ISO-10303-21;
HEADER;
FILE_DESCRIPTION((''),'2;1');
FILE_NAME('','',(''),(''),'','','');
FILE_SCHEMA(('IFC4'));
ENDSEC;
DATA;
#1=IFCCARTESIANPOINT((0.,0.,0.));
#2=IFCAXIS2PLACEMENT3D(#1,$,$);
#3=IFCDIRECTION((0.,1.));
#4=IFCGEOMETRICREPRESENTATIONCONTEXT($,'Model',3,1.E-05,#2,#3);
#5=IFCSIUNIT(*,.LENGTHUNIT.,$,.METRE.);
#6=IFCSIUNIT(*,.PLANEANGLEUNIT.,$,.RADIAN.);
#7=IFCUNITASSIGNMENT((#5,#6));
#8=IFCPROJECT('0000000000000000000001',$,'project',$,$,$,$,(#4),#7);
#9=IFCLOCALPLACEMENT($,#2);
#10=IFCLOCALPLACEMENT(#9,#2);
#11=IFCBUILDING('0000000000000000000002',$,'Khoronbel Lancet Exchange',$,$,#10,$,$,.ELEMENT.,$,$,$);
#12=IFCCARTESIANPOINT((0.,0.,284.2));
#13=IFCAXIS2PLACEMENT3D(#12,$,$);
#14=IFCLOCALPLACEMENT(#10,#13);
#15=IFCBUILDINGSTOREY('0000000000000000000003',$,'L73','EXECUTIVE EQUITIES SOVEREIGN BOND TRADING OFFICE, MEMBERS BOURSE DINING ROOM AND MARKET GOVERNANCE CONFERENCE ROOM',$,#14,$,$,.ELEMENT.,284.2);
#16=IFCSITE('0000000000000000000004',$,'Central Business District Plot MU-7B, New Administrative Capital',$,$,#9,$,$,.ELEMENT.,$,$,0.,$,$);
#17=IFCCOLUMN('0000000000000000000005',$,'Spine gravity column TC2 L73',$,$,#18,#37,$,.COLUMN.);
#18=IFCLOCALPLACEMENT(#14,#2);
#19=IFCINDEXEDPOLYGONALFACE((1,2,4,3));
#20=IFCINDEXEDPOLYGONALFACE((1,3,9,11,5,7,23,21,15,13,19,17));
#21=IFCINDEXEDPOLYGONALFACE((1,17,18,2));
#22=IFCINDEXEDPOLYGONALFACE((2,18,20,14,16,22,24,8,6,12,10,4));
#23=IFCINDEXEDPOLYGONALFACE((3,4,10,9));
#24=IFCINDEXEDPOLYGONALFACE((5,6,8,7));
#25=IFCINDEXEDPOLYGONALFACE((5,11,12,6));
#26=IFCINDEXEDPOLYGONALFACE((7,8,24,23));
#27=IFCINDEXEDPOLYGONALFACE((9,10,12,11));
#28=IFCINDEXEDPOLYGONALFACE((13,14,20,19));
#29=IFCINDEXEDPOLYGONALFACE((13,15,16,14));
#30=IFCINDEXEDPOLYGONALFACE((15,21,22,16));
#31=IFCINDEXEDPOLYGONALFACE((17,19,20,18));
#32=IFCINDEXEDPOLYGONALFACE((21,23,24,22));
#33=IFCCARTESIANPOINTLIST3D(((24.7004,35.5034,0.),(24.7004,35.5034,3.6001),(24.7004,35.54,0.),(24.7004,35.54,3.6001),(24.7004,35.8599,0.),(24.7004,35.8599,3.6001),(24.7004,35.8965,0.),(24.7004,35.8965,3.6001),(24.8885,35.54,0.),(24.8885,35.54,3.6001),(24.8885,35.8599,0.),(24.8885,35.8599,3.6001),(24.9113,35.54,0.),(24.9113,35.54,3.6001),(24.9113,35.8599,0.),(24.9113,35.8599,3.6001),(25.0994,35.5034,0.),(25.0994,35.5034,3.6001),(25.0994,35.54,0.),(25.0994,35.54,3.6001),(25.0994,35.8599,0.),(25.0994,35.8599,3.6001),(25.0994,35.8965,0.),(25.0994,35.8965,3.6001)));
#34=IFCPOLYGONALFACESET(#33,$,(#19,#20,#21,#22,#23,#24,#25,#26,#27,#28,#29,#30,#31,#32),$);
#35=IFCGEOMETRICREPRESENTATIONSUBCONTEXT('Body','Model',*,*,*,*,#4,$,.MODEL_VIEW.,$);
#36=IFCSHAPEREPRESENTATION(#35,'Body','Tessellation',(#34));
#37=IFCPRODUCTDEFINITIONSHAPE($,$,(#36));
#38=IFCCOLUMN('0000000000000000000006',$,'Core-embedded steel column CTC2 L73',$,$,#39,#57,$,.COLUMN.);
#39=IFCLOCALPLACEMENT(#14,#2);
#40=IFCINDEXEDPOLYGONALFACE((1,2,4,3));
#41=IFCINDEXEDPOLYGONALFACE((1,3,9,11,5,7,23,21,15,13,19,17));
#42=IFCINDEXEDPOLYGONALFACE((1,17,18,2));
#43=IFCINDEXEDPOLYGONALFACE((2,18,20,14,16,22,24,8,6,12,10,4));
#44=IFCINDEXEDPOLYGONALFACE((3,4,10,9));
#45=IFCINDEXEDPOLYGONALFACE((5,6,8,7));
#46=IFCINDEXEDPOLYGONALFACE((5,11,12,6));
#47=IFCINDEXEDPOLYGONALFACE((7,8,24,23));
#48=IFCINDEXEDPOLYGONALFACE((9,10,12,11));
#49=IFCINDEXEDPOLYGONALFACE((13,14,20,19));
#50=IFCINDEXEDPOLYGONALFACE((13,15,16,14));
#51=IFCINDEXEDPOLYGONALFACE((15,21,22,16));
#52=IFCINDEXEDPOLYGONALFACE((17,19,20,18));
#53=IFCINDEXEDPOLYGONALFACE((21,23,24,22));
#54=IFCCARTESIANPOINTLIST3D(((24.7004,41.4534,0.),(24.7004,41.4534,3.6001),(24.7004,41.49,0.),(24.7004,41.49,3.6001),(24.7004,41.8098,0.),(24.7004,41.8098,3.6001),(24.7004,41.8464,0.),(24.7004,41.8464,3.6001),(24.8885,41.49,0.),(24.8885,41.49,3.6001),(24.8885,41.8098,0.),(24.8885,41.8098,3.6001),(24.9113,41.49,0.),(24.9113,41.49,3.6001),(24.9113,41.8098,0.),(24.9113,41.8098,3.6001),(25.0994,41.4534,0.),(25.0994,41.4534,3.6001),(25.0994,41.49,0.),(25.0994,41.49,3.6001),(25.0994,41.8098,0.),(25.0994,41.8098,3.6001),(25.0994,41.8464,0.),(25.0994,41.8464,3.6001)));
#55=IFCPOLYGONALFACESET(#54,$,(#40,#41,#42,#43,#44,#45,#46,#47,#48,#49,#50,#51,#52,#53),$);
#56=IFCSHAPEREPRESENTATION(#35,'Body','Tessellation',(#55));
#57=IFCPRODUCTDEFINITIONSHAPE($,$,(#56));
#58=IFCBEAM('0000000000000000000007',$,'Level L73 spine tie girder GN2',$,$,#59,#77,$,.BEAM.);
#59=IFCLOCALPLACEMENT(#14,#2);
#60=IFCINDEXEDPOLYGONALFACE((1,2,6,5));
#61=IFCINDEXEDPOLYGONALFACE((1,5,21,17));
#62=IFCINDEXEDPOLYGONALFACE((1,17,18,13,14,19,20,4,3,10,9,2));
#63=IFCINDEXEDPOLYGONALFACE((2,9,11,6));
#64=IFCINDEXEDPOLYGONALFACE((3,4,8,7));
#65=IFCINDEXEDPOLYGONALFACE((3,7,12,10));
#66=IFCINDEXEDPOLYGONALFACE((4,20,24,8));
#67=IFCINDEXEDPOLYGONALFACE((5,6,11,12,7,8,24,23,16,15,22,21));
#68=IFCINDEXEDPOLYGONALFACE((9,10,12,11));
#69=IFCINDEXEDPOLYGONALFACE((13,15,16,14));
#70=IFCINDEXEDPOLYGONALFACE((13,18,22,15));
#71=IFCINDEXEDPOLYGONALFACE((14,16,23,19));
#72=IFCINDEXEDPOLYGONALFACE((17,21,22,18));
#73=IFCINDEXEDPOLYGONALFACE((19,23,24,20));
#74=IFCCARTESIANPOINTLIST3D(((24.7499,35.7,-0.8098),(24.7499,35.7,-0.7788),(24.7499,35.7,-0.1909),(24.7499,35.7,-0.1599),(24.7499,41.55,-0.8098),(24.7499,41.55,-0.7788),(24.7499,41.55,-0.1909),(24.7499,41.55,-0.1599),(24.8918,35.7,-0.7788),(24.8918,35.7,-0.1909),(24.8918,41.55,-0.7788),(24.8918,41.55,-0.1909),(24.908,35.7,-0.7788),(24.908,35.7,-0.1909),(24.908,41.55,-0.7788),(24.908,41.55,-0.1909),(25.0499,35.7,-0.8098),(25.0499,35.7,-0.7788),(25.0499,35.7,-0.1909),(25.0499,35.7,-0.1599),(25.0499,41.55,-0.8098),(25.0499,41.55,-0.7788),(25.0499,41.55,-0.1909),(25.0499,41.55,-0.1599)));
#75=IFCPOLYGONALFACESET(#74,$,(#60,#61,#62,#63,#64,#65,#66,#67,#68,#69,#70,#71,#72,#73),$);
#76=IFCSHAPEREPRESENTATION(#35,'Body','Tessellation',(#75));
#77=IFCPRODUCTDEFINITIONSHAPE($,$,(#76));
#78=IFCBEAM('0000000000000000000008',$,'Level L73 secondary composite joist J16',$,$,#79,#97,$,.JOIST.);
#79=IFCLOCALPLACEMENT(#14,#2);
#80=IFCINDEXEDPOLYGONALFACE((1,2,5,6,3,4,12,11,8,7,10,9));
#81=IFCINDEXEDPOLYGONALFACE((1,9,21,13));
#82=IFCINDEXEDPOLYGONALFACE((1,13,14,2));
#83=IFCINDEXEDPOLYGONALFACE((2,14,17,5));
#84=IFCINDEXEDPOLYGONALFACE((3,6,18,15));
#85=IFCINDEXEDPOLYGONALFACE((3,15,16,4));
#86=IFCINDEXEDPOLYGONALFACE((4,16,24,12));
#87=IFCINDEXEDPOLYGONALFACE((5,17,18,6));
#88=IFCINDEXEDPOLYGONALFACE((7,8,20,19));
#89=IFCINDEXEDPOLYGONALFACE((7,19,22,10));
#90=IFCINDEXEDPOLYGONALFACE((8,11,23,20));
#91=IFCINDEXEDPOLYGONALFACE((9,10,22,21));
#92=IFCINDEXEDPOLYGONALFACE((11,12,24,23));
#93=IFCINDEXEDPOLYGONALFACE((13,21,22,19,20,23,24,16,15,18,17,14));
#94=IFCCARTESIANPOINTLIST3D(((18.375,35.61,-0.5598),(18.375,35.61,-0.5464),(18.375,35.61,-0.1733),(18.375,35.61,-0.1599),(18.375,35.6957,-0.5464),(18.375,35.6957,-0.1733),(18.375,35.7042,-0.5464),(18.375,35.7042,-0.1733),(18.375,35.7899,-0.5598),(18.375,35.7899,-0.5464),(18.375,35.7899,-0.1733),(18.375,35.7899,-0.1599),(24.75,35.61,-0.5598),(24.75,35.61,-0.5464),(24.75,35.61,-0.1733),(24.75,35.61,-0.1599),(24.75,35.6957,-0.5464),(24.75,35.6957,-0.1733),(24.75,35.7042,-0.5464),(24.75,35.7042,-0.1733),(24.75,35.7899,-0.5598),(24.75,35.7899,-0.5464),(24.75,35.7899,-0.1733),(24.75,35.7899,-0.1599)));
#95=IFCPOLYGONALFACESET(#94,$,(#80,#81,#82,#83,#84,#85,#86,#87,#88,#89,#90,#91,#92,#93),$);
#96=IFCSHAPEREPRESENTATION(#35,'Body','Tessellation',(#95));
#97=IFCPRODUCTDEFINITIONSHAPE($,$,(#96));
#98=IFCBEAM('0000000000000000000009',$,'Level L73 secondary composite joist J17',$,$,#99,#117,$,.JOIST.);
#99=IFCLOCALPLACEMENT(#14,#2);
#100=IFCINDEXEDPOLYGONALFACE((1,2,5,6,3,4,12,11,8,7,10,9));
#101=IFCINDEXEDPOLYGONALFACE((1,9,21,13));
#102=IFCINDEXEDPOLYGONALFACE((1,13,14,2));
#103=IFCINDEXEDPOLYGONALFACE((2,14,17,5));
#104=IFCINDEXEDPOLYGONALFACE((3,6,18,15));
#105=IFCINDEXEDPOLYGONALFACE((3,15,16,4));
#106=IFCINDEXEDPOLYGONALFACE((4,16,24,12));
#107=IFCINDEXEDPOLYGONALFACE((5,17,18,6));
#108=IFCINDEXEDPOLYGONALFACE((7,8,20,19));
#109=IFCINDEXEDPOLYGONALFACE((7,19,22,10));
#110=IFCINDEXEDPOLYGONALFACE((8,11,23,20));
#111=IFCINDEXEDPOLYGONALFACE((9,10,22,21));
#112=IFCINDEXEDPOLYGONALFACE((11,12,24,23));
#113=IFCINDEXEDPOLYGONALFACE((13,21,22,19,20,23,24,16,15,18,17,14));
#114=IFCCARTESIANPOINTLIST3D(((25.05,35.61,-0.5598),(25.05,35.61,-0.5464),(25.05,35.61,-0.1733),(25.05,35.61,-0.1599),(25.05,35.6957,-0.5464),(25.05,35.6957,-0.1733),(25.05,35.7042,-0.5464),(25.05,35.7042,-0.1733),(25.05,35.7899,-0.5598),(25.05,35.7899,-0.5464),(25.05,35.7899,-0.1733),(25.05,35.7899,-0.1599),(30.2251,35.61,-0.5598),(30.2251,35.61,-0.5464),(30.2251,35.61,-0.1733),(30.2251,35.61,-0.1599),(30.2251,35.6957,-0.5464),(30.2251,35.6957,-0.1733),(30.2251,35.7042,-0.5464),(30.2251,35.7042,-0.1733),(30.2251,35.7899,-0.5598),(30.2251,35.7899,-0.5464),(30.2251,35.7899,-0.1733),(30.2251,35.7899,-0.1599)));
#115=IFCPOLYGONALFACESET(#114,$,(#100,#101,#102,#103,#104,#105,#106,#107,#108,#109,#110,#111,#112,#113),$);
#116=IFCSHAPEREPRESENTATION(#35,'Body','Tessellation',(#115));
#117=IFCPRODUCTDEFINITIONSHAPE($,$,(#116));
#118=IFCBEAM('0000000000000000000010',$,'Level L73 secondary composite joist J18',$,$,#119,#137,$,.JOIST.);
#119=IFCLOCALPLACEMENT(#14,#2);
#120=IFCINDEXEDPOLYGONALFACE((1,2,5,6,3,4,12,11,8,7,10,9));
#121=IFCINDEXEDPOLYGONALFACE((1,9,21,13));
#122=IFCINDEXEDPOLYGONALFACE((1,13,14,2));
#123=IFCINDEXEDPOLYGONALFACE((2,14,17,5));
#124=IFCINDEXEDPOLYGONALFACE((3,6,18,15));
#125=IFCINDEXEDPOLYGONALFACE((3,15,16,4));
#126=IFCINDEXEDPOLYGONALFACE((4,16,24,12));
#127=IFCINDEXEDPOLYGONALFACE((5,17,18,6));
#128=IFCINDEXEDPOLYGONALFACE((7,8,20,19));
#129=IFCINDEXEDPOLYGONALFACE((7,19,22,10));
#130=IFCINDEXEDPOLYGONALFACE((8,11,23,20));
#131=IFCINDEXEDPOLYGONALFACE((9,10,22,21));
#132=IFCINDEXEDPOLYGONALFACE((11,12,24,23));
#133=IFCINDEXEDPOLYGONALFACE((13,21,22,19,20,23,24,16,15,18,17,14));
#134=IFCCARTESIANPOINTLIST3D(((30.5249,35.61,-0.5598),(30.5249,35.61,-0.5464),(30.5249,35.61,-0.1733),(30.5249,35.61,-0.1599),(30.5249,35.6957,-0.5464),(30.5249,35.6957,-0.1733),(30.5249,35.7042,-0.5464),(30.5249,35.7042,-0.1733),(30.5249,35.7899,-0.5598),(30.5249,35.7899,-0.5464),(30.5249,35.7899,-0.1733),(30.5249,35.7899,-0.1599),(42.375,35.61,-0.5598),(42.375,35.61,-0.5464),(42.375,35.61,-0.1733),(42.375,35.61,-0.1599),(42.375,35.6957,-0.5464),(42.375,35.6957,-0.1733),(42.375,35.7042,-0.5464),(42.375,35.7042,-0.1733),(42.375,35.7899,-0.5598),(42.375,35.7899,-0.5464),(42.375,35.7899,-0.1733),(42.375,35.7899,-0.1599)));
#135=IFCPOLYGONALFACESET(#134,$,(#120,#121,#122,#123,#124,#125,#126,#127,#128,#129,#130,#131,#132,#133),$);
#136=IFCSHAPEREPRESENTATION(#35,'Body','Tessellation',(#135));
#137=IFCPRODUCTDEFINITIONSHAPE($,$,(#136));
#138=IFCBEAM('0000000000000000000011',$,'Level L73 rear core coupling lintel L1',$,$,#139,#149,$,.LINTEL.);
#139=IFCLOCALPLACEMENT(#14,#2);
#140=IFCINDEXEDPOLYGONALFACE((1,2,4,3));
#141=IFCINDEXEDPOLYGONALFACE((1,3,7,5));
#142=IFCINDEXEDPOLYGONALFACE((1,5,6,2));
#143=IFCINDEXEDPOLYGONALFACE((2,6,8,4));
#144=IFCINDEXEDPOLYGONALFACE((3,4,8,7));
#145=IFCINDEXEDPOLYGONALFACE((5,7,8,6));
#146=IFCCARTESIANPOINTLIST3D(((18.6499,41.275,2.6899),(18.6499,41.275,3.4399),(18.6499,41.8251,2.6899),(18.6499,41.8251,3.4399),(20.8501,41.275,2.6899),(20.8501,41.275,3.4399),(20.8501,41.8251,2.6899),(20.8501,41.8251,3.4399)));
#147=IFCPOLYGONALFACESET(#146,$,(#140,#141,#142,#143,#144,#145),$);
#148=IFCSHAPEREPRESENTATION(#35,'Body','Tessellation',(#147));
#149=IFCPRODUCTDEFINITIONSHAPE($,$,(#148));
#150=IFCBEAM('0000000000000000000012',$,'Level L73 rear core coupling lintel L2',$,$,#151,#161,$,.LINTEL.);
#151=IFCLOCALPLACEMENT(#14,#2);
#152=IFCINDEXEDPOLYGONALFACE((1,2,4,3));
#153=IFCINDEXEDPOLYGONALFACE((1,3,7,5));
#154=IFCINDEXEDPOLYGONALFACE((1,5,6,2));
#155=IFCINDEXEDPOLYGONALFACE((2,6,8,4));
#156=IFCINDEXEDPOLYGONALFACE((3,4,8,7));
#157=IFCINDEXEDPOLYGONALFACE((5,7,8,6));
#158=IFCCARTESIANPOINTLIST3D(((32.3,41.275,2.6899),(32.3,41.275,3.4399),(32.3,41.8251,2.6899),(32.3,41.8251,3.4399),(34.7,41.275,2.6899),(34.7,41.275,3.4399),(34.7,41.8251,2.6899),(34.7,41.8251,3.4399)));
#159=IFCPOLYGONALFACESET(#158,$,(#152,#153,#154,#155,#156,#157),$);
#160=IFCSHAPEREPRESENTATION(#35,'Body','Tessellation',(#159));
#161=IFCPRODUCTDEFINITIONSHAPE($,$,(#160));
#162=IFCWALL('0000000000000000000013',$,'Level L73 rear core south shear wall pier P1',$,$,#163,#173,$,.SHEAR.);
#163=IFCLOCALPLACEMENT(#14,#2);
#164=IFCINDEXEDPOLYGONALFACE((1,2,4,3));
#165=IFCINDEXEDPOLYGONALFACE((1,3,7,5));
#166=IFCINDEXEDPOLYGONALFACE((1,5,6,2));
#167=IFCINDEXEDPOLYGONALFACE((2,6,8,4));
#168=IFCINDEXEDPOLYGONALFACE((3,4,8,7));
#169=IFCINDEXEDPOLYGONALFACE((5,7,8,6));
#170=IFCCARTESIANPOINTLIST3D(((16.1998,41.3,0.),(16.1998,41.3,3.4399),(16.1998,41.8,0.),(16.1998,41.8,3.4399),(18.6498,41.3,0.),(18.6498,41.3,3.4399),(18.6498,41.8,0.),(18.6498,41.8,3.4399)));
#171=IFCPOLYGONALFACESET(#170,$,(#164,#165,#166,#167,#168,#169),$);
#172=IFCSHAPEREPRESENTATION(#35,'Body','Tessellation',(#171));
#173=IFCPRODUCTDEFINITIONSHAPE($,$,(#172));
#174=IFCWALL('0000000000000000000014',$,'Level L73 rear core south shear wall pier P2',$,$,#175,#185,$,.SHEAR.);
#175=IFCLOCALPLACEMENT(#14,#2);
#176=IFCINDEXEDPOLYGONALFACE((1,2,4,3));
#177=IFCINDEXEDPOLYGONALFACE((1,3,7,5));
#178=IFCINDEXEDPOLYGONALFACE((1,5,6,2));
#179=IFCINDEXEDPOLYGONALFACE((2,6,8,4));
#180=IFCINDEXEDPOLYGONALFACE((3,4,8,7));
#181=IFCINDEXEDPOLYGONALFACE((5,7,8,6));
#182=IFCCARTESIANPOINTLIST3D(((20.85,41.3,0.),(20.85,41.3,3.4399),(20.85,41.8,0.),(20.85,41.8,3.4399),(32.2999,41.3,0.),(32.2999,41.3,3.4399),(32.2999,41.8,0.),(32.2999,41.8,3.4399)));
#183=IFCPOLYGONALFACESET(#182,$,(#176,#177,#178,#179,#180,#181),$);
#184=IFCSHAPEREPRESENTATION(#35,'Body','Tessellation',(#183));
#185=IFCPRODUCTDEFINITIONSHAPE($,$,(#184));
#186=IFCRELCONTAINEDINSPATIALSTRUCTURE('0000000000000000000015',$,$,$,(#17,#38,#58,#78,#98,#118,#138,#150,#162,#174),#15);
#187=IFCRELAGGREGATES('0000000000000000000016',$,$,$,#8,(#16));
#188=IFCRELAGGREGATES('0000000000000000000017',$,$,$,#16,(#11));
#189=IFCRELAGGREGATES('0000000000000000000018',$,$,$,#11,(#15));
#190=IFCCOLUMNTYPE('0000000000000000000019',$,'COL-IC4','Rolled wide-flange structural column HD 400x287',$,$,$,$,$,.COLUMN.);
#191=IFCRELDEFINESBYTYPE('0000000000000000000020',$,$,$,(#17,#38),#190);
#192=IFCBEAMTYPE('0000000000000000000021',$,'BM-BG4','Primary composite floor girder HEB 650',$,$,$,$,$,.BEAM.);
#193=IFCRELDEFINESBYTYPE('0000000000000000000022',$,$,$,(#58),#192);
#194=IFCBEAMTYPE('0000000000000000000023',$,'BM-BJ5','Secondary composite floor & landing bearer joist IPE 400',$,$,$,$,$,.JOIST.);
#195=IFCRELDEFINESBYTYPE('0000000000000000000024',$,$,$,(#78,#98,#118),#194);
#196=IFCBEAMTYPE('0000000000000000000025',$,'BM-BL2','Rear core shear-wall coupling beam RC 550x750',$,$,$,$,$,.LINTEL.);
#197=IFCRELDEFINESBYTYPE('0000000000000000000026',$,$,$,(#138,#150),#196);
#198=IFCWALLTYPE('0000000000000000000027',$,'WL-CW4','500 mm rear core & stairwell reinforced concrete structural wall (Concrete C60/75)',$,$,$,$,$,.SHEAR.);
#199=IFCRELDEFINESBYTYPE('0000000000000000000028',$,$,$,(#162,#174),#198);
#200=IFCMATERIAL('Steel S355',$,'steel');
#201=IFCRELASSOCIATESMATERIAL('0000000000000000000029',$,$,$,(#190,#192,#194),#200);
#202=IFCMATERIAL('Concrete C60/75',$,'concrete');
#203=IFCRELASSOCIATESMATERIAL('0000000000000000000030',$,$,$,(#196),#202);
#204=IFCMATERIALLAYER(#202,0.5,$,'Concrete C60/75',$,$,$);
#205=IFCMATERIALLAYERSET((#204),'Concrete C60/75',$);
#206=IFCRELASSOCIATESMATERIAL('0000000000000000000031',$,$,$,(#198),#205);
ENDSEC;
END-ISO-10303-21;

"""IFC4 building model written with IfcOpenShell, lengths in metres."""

from ifc_helpers import new_model, si_unit, direction, frame, frame_2d, origin, origin_2d, place, context, subcontext, project, spatial, rectangle, i_section, extrude, material, layer, layer_set, material_profile, profile_set, type_object, element, save


model = new_model("IFC4")

# Units and contexts
model_context = context("Model", 3, precision=1e-05, world=origin(), true_north=direction((0.0, 1.0)))
body_context = subcontext(model_context, "Body", "Model", "MODEL_VIEW")
ifc_project = project(units=[si_unit("LENGTHUNIT", "METRE"), si_unit("PLANEANGLEUNIT", "RADIAN")], contexts=[model_context])

# Site, building, storey
site_placement = place(None, origin())
site = spatial("IfcSite", under=ifc_project, at=site_placement, Name="Central Business District Plot MU-7B, New Administrative Capital", CompositionType="ELEMENT", RefElevation=0.0)
building_placement = place(site_placement, origin())
building = spatial("IfcBuilding", under=site, at=building_placement, Name="Khoronbel Lancet Exchange", CompositionType="ELEMENT")
storey_placement = place(building_placement, frame((0.0, 0.0, 284.2)))
storey = spatial("IfcBuildingStorey", under=building, at=storey_placement, Name="L73", Description="EXECUTIVE EQUITIES SOVEREIGN BOND TRADING OFFICE, MEMBERS BOURSE DINING ROOM AND MARKET GOVERNANCE CONFERENCE ROOM", CompositionType="ELEMENT", Elevation=284.2)

# Columns
ifc_material_1 = material(Name="Steel S355", Category="steel")
ifc_material_profile_1 = material_profile(ifc_material_1, i_section(OverallWidth=0.3989, OverallDepth=0.3931, WebThickness=0.0227, FlangeThickness=0.0366, at=origin_2d()), Name="HD 400x287")
ifc_profile_set_1 = profile_set([ifc_material_profile_1], Name="Steel S355")
column_type = type_object("IfcColumnType", Name="COL-IC4", Description="Rolled wide-flange structural column HD 400x287", PredefinedType="COLUMN", material=ifc_profile_set_1)
for number, where, z_axis, x_axis, name in (
    (1, (24.8999, 35.7, 0.0), (0.0, 0.0, 1.0), (1.0, 0.0, 0.0), "Spine gravity column TC2 L73"),
    (2, (24.8999, 41.6499, 0.0), (0.0, 0.0, 1.0), (1.0, 0.0, 0.0), "Core-embedded steel column CTC2 L73"),
):
    element("IfcColumn", number, at=place(storey_placement, frame(where, z_axis=z_axis, x_axis=x_axis)), inside=storey, type_object=column_type, Name=name, PredefinedType="COLUMN", context=body_context, shape_type="SweptSolid", body=[
        extrude(i_section(OverallWidth=0.3989, OverallDepth=0.3931, WebThickness=0.0227, FlangeThickness=0.0366, at=origin_2d()), origin(), (0.0, 0.0, 1.0), 3.6001),
    ])

# Beams
ifc_material_profile_2 = material_profile(ifc_material_1, i_section(OverallWidth=0.3, OverallDepth=0.6499, WebThickness=0.0161, FlangeThickness=0.031, at=origin_2d()), Name="HEB 650")
ifc_profile_set_2 = profile_set([ifc_material_profile_2], Name="Steel S355")
beam_type_1 = type_object("IfcBeamType", Name="BM-BG4", Description="Primary composite floor girder HEB 650", PredefinedType="BEAM", material=ifc_profile_set_2)
beam_1_placement = place(storey_placement, frame((24.8999, 35.7, -0.4849), z_axis=(0.0, 1.0, 0.0), x_axis=(-1.0, 0.0, 0.0)))
element("IfcBeam", 3, at=beam_1_placement, inside=storey, type_object=beam_type_1, Name="Level L73 spine tie girder GN2", PredefinedType="BEAM", context=body_context, shape_type="SweptSolid", body=[
    extrude(i_section(OverallWidth=0.3, OverallDepth=0.6499, WebThickness=0.0161, FlangeThickness=0.031, at=origin_2d()), origin(), (0.0, 0.0, 1.0), 5.8501),
])
ifc_material_profile_3 = material_profile(ifc_material_1, i_section(OverallWidth=0.1799, OverallDepth=0.3999, WebThickness=0.0085, FlangeThickness=0.0134, at=origin_2d()), Name="IPE 400")
ifc_profile_set_3 = profile_set([ifc_material_profile_3], Name="Steel S355")
beam_type_2 = type_object("IfcBeamType", Name="BM-BJ5", Description="Secondary composite floor & landing bearer joist IPE 400", PredefinedType="JOIST", material=ifc_profile_set_3)
beam_2_placement = place(storey_placement, frame((18.375, 35.7, -0.3599), z_axis=(1.0, 0.0, 0.0), x_axis=(0.0, 1.0, 0.0)))
element("IfcBeam", 4, at=beam_2_placement, inside=storey, type_object=beam_type_2, Name="Level L73 secondary composite joist J16", PredefinedType="JOIST", context=body_context, shape_type="SweptSolid", body=[
    extrude(i_section(OverallWidth=0.1799, OverallDepth=0.3999, WebThickness=0.0085, FlangeThickness=0.0134, at=origin_2d()), origin(), (0.0, 0.0, 1.0), 6.375),
])
beam_3_placement = place(storey_placement, frame((25.05, 35.7, -0.3599), z_axis=(1.0, 0.0, 0.0), x_axis=(0.0, 1.0, 0.0)))
element("IfcBeam", 5, at=beam_3_placement, inside=storey, type_object=beam_type_2, Name="Level L73 secondary composite joist J17", PredefinedType="JOIST", context=body_context, shape_type="SweptSolid", body=[
    extrude(i_section(OverallWidth=0.1799, OverallDepth=0.3999, WebThickness=0.0085, FlangeThickness=0.0134, at=origin_2d()), origin(), (0.0, 0.0, 1.0), 5.175),
])
beam_4_placement = place(storey_placement, frame((30.5249, 35.7, -0.3599), z_axis=(1.0, 0.0, 0.0), x_axis=(0.0, 1.0, 0.0)))
element("IfcBeam", 6, at=beam_4_placement, inside=storey, type_object=beam_type_2, Name="Level L73 secondary composite joist J18", PredefinedType="JOIST", context=body_context, shape_type="SweptSolid", body=[
    extrude(i_section(OverallWidth=0.1799, OverallDepth=0.3999, WebThickness=0.0085, FlangeThickness=0.0134, at=origin_2d()), origin(), (0.0, 0.0, 1.0), 11.8501),
])
ifc_material_2 = material(Name="Concrete C60/75", Category="concrete")
ifc_material_profile_4 = material_profile(ifc_material_2, rectangle(XDim=0.55, YDim=0.75, at=origin_2d()), Name="RC 550x750")
ifc_profile_set_4 = profile_set([ifc_material_profile_4], Name="Concrete C60/75")
beam_type_3 = type_object("IfcBeamType", Name="BM-BL2", Description="Rear core shear-wall coupling beam RC 550x750", PredefinedType="LINTEL", material=ifc_profile_set_4)
beam_5_placement = place(storey_placement, frame((18.6499, 41.55, 3.0649), z_axis=(1.0, 0.0, 0.0), x_axis=(0.0, 1.0, 0.0)))
element("IfcBeam", 7, at=beam_5_placement, inside=storey, type_object=beam_type_3, Name="Level L73 rear core coupling lintel L1", PredefinedType="LINTEL", context=body_context, shape_type="SweptSolid", body=[
    extrude(rectangle(XDim=0.55, YDim=0.75, at=origin_2d()), origin(), (0.0, 0.0, 1.0), 2.2002),
])
beam_6_placement = place(storey_placement, frame((32.3, 41.55, 3.0649), z_axis=(1.0, 0.0, 0.0), x_axis=(0.0, 1.0, 0.0)))
element("IfcBeam", 8, at=beam_6_placement, inside=storey, type_object=beam_type_3, Name="Level L73 rear core coupling lintel L2", PredefinedType="LINTEL", context=body_context, shape_type="SweptSolid", body=[
    extrude(rectangle(XDim=0.55, YDim=0.75, at=origin_2d()), origin(), (0.0, 0.0, 1.0), 2.3999),
])

# Walls
ifc_layer_1 = layer(ifc_material_2, 0.5, Name="Concrete C60/75")
ifc_layer_set_1 = layer_set([ifc_layer_1], Name="Concrete C60/75")
wall_type_1 = type_object("IfcWallType", Name="WL-CW4", Description="500 mm rear core & stairwell reinforced concrete structural wall (Concrete C60/75)", PredefinedType="SHEAR", material=ifc_layer_set_1)
wall_1_placement = place(storey_placement, frame((18.6499, 41.55, 0.0), z_axis=(0.0, 0.0, 1.0), x_axis=(-1.0, 0.0, 0.0)))
element("IfcWall", 9, at=wall_1_placement, inside=storey, type_object=wall_type_1, Name="Level L73 rear core south shear wall pier P1", PredefinedType="SHEAR", context=body_context, shape_type="SweptSolid", body=[
    extrude(rectangle(XDim=2.45, YDim=0.5, at=frame_2d((1.2251, 0.0))), origin(), (0.0, 0.0, 1.0), 3.4399),
])
wall_2_placement = place(storey_placement, frame((32.3, 41.55, 0.0), z_axis=(0.0, 0.0, 1.0), x_axis=(-1.0, 0.0, 0.0)))
element("IfcWall", 10, at=wall_2_placement, inside=storey, type_object=wall_type_1, Name="Level L73 rear core south shear wall pier P2", PredefinedType="SHEAR", context=body_context, shape_type="SweptSolid", body=[
    extrude(rectangle(XDim=11.45, YDim=0.5, at=frame_2d((5.7251, 0.0))), origin(), (0.0, 0.0, 1.0), 3.4399),
])

save(model, "model.ifc")
